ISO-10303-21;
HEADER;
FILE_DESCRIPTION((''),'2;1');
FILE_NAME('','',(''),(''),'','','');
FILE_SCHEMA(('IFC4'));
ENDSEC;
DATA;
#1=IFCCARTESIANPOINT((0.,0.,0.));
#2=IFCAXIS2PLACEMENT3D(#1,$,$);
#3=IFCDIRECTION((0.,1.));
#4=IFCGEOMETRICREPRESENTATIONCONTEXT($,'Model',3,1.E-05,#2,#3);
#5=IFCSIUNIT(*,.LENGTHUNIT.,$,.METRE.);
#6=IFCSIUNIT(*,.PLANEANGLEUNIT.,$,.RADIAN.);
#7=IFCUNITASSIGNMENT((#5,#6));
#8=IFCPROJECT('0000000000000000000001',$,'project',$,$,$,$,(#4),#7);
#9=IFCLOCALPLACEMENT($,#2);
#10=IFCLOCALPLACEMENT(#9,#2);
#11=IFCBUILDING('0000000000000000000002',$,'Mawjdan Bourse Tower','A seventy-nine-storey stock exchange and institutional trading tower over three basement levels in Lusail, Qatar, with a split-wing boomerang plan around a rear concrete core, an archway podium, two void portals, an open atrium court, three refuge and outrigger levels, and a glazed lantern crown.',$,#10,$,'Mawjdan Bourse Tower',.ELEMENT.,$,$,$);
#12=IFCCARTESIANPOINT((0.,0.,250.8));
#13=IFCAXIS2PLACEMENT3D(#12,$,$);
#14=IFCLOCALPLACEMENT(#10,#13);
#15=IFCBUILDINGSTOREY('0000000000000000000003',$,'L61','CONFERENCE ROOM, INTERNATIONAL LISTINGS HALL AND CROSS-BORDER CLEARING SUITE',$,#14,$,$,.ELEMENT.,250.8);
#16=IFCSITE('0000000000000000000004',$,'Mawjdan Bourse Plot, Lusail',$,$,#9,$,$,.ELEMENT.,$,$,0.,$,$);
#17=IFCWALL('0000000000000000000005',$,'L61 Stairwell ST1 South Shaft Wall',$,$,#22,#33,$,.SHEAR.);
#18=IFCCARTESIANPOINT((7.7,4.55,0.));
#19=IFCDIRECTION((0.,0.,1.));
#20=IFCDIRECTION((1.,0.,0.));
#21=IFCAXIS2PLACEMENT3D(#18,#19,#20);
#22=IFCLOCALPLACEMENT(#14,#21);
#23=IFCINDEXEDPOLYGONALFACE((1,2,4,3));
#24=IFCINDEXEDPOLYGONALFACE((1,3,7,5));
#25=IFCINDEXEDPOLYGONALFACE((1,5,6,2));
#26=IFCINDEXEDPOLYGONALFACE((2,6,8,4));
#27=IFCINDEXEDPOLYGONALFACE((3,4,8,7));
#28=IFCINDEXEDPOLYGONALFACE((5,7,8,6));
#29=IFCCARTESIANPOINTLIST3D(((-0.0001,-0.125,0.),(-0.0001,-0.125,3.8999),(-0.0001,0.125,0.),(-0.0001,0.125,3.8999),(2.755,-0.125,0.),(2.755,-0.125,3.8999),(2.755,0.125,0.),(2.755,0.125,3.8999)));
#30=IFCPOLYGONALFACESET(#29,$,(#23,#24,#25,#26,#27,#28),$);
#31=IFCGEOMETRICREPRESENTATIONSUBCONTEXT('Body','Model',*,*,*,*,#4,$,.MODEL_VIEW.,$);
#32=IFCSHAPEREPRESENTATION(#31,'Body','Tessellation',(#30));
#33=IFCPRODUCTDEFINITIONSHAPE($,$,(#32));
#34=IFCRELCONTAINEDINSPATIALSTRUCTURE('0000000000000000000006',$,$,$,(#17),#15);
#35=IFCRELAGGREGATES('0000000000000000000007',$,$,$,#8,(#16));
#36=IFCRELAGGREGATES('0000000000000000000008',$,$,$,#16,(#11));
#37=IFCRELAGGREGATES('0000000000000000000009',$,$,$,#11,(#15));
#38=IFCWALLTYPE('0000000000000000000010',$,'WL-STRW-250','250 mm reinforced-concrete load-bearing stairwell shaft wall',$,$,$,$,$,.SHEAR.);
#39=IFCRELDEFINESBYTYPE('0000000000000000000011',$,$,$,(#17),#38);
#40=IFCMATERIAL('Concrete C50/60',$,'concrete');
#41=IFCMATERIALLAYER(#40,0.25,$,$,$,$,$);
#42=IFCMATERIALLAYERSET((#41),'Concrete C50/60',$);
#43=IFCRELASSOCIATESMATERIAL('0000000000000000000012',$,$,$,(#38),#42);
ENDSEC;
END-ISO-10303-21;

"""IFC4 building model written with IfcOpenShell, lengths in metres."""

from ifc_helpers import new_model, si_unit, direction, frame, frame_2d, origin, place, context, subcontext, project, spatial, rectangle, extrude, material, layer, layer_set, type_object, element, save


model = new_model("IFC4")

# Units and contexts
model_context = context("Model", 3, precision=1e-05, world=origin(), true_north=direction((0.0, 1.0)))
body_context = subcontext(model_context, "Body", "Model", "MODEL_VIEW")
ifc_project = project(units=[si_unit("LENGTHUNIT", "METRE"), si_unit("PLANEANGLEUNIT", "RADIAN")], contexts=[model_context])

# Site, building, storey
site_placement = place(None, origin())
site = spatial("IfcSite", under=ifc_project, at=site_placement, Name="Mawjdan Bourse Plot, Lusail", CompositionType="ELEMENT", RefElevation=0.0)
building_placement = place(site_placement, origin())
building = spatial("IfcBuilding", under=site, at=building_placement, Name="Mawjdan Bourse Tower", Description="A seventy-nine-storey stock exchange and institutional trading tower over three basement levels in Lusail, Qatar, with a split-wing boomerang plan around a rear concrete core, an archway podium, two void portals, an open atrium court, three refuge and outrigger levels, and a glazed lantern crown.", LongName="Mawjdan Bourse Tower", CompositionType="ELEMENT")
storey_placement = place(building_placement, frame((0.0, 0.0, 250.8)))
storey = spatial("IfcBuildingStorey", under=building, at=storey_placement, Name="L61", Description="CONFERENCE ROOM, INTERNATIONAL LISTINGS HALL AND CROSS-BORDER CLEARING SUITE", CompositionType="ELEMENT", Elevation=250.8)

# Shared definitions
ifc_material_1 = material(Name="Concrete C50/60", Category="concrete")

# Wall
ifc_layer_1 = layer(ifc_material_1, 0.25)
ifc_layer_set_1 = layer_set([ifc_layer_1], Name="Concrete C50/60")
wall_type_1 = type_object("IfcWallType", Name="WL-STRW-250", Description="250 mm reinforced-concrete load-bearing stairwell shaft wall", PredefinedType="SHEAR", material=ifc_layer_set_1)
wall_1_placement = place(storey_placement, frame((7.7, 4.55, 0.0), z_axis=(0.0, 0.0, 1.0), x_axis=(1.0, 0.0, 0.0)))
element("IfcWall", 1, at=wall_1_placement, inside=storey, type_object=wall_type_1, Name="L61 Stairwell ST1 South Shaft Wall", PredefinedType="SHEAR", context=body_context, shape_type="SweptSolid", body=[
    extrude(rectangle(XDim=2.7551, YDim=0.25, at=frame_2d((1.3774, 0.0))), origin(), (0.0, 0.0, 1.0), 3.8999),
])

save(model, "model.ifc")
